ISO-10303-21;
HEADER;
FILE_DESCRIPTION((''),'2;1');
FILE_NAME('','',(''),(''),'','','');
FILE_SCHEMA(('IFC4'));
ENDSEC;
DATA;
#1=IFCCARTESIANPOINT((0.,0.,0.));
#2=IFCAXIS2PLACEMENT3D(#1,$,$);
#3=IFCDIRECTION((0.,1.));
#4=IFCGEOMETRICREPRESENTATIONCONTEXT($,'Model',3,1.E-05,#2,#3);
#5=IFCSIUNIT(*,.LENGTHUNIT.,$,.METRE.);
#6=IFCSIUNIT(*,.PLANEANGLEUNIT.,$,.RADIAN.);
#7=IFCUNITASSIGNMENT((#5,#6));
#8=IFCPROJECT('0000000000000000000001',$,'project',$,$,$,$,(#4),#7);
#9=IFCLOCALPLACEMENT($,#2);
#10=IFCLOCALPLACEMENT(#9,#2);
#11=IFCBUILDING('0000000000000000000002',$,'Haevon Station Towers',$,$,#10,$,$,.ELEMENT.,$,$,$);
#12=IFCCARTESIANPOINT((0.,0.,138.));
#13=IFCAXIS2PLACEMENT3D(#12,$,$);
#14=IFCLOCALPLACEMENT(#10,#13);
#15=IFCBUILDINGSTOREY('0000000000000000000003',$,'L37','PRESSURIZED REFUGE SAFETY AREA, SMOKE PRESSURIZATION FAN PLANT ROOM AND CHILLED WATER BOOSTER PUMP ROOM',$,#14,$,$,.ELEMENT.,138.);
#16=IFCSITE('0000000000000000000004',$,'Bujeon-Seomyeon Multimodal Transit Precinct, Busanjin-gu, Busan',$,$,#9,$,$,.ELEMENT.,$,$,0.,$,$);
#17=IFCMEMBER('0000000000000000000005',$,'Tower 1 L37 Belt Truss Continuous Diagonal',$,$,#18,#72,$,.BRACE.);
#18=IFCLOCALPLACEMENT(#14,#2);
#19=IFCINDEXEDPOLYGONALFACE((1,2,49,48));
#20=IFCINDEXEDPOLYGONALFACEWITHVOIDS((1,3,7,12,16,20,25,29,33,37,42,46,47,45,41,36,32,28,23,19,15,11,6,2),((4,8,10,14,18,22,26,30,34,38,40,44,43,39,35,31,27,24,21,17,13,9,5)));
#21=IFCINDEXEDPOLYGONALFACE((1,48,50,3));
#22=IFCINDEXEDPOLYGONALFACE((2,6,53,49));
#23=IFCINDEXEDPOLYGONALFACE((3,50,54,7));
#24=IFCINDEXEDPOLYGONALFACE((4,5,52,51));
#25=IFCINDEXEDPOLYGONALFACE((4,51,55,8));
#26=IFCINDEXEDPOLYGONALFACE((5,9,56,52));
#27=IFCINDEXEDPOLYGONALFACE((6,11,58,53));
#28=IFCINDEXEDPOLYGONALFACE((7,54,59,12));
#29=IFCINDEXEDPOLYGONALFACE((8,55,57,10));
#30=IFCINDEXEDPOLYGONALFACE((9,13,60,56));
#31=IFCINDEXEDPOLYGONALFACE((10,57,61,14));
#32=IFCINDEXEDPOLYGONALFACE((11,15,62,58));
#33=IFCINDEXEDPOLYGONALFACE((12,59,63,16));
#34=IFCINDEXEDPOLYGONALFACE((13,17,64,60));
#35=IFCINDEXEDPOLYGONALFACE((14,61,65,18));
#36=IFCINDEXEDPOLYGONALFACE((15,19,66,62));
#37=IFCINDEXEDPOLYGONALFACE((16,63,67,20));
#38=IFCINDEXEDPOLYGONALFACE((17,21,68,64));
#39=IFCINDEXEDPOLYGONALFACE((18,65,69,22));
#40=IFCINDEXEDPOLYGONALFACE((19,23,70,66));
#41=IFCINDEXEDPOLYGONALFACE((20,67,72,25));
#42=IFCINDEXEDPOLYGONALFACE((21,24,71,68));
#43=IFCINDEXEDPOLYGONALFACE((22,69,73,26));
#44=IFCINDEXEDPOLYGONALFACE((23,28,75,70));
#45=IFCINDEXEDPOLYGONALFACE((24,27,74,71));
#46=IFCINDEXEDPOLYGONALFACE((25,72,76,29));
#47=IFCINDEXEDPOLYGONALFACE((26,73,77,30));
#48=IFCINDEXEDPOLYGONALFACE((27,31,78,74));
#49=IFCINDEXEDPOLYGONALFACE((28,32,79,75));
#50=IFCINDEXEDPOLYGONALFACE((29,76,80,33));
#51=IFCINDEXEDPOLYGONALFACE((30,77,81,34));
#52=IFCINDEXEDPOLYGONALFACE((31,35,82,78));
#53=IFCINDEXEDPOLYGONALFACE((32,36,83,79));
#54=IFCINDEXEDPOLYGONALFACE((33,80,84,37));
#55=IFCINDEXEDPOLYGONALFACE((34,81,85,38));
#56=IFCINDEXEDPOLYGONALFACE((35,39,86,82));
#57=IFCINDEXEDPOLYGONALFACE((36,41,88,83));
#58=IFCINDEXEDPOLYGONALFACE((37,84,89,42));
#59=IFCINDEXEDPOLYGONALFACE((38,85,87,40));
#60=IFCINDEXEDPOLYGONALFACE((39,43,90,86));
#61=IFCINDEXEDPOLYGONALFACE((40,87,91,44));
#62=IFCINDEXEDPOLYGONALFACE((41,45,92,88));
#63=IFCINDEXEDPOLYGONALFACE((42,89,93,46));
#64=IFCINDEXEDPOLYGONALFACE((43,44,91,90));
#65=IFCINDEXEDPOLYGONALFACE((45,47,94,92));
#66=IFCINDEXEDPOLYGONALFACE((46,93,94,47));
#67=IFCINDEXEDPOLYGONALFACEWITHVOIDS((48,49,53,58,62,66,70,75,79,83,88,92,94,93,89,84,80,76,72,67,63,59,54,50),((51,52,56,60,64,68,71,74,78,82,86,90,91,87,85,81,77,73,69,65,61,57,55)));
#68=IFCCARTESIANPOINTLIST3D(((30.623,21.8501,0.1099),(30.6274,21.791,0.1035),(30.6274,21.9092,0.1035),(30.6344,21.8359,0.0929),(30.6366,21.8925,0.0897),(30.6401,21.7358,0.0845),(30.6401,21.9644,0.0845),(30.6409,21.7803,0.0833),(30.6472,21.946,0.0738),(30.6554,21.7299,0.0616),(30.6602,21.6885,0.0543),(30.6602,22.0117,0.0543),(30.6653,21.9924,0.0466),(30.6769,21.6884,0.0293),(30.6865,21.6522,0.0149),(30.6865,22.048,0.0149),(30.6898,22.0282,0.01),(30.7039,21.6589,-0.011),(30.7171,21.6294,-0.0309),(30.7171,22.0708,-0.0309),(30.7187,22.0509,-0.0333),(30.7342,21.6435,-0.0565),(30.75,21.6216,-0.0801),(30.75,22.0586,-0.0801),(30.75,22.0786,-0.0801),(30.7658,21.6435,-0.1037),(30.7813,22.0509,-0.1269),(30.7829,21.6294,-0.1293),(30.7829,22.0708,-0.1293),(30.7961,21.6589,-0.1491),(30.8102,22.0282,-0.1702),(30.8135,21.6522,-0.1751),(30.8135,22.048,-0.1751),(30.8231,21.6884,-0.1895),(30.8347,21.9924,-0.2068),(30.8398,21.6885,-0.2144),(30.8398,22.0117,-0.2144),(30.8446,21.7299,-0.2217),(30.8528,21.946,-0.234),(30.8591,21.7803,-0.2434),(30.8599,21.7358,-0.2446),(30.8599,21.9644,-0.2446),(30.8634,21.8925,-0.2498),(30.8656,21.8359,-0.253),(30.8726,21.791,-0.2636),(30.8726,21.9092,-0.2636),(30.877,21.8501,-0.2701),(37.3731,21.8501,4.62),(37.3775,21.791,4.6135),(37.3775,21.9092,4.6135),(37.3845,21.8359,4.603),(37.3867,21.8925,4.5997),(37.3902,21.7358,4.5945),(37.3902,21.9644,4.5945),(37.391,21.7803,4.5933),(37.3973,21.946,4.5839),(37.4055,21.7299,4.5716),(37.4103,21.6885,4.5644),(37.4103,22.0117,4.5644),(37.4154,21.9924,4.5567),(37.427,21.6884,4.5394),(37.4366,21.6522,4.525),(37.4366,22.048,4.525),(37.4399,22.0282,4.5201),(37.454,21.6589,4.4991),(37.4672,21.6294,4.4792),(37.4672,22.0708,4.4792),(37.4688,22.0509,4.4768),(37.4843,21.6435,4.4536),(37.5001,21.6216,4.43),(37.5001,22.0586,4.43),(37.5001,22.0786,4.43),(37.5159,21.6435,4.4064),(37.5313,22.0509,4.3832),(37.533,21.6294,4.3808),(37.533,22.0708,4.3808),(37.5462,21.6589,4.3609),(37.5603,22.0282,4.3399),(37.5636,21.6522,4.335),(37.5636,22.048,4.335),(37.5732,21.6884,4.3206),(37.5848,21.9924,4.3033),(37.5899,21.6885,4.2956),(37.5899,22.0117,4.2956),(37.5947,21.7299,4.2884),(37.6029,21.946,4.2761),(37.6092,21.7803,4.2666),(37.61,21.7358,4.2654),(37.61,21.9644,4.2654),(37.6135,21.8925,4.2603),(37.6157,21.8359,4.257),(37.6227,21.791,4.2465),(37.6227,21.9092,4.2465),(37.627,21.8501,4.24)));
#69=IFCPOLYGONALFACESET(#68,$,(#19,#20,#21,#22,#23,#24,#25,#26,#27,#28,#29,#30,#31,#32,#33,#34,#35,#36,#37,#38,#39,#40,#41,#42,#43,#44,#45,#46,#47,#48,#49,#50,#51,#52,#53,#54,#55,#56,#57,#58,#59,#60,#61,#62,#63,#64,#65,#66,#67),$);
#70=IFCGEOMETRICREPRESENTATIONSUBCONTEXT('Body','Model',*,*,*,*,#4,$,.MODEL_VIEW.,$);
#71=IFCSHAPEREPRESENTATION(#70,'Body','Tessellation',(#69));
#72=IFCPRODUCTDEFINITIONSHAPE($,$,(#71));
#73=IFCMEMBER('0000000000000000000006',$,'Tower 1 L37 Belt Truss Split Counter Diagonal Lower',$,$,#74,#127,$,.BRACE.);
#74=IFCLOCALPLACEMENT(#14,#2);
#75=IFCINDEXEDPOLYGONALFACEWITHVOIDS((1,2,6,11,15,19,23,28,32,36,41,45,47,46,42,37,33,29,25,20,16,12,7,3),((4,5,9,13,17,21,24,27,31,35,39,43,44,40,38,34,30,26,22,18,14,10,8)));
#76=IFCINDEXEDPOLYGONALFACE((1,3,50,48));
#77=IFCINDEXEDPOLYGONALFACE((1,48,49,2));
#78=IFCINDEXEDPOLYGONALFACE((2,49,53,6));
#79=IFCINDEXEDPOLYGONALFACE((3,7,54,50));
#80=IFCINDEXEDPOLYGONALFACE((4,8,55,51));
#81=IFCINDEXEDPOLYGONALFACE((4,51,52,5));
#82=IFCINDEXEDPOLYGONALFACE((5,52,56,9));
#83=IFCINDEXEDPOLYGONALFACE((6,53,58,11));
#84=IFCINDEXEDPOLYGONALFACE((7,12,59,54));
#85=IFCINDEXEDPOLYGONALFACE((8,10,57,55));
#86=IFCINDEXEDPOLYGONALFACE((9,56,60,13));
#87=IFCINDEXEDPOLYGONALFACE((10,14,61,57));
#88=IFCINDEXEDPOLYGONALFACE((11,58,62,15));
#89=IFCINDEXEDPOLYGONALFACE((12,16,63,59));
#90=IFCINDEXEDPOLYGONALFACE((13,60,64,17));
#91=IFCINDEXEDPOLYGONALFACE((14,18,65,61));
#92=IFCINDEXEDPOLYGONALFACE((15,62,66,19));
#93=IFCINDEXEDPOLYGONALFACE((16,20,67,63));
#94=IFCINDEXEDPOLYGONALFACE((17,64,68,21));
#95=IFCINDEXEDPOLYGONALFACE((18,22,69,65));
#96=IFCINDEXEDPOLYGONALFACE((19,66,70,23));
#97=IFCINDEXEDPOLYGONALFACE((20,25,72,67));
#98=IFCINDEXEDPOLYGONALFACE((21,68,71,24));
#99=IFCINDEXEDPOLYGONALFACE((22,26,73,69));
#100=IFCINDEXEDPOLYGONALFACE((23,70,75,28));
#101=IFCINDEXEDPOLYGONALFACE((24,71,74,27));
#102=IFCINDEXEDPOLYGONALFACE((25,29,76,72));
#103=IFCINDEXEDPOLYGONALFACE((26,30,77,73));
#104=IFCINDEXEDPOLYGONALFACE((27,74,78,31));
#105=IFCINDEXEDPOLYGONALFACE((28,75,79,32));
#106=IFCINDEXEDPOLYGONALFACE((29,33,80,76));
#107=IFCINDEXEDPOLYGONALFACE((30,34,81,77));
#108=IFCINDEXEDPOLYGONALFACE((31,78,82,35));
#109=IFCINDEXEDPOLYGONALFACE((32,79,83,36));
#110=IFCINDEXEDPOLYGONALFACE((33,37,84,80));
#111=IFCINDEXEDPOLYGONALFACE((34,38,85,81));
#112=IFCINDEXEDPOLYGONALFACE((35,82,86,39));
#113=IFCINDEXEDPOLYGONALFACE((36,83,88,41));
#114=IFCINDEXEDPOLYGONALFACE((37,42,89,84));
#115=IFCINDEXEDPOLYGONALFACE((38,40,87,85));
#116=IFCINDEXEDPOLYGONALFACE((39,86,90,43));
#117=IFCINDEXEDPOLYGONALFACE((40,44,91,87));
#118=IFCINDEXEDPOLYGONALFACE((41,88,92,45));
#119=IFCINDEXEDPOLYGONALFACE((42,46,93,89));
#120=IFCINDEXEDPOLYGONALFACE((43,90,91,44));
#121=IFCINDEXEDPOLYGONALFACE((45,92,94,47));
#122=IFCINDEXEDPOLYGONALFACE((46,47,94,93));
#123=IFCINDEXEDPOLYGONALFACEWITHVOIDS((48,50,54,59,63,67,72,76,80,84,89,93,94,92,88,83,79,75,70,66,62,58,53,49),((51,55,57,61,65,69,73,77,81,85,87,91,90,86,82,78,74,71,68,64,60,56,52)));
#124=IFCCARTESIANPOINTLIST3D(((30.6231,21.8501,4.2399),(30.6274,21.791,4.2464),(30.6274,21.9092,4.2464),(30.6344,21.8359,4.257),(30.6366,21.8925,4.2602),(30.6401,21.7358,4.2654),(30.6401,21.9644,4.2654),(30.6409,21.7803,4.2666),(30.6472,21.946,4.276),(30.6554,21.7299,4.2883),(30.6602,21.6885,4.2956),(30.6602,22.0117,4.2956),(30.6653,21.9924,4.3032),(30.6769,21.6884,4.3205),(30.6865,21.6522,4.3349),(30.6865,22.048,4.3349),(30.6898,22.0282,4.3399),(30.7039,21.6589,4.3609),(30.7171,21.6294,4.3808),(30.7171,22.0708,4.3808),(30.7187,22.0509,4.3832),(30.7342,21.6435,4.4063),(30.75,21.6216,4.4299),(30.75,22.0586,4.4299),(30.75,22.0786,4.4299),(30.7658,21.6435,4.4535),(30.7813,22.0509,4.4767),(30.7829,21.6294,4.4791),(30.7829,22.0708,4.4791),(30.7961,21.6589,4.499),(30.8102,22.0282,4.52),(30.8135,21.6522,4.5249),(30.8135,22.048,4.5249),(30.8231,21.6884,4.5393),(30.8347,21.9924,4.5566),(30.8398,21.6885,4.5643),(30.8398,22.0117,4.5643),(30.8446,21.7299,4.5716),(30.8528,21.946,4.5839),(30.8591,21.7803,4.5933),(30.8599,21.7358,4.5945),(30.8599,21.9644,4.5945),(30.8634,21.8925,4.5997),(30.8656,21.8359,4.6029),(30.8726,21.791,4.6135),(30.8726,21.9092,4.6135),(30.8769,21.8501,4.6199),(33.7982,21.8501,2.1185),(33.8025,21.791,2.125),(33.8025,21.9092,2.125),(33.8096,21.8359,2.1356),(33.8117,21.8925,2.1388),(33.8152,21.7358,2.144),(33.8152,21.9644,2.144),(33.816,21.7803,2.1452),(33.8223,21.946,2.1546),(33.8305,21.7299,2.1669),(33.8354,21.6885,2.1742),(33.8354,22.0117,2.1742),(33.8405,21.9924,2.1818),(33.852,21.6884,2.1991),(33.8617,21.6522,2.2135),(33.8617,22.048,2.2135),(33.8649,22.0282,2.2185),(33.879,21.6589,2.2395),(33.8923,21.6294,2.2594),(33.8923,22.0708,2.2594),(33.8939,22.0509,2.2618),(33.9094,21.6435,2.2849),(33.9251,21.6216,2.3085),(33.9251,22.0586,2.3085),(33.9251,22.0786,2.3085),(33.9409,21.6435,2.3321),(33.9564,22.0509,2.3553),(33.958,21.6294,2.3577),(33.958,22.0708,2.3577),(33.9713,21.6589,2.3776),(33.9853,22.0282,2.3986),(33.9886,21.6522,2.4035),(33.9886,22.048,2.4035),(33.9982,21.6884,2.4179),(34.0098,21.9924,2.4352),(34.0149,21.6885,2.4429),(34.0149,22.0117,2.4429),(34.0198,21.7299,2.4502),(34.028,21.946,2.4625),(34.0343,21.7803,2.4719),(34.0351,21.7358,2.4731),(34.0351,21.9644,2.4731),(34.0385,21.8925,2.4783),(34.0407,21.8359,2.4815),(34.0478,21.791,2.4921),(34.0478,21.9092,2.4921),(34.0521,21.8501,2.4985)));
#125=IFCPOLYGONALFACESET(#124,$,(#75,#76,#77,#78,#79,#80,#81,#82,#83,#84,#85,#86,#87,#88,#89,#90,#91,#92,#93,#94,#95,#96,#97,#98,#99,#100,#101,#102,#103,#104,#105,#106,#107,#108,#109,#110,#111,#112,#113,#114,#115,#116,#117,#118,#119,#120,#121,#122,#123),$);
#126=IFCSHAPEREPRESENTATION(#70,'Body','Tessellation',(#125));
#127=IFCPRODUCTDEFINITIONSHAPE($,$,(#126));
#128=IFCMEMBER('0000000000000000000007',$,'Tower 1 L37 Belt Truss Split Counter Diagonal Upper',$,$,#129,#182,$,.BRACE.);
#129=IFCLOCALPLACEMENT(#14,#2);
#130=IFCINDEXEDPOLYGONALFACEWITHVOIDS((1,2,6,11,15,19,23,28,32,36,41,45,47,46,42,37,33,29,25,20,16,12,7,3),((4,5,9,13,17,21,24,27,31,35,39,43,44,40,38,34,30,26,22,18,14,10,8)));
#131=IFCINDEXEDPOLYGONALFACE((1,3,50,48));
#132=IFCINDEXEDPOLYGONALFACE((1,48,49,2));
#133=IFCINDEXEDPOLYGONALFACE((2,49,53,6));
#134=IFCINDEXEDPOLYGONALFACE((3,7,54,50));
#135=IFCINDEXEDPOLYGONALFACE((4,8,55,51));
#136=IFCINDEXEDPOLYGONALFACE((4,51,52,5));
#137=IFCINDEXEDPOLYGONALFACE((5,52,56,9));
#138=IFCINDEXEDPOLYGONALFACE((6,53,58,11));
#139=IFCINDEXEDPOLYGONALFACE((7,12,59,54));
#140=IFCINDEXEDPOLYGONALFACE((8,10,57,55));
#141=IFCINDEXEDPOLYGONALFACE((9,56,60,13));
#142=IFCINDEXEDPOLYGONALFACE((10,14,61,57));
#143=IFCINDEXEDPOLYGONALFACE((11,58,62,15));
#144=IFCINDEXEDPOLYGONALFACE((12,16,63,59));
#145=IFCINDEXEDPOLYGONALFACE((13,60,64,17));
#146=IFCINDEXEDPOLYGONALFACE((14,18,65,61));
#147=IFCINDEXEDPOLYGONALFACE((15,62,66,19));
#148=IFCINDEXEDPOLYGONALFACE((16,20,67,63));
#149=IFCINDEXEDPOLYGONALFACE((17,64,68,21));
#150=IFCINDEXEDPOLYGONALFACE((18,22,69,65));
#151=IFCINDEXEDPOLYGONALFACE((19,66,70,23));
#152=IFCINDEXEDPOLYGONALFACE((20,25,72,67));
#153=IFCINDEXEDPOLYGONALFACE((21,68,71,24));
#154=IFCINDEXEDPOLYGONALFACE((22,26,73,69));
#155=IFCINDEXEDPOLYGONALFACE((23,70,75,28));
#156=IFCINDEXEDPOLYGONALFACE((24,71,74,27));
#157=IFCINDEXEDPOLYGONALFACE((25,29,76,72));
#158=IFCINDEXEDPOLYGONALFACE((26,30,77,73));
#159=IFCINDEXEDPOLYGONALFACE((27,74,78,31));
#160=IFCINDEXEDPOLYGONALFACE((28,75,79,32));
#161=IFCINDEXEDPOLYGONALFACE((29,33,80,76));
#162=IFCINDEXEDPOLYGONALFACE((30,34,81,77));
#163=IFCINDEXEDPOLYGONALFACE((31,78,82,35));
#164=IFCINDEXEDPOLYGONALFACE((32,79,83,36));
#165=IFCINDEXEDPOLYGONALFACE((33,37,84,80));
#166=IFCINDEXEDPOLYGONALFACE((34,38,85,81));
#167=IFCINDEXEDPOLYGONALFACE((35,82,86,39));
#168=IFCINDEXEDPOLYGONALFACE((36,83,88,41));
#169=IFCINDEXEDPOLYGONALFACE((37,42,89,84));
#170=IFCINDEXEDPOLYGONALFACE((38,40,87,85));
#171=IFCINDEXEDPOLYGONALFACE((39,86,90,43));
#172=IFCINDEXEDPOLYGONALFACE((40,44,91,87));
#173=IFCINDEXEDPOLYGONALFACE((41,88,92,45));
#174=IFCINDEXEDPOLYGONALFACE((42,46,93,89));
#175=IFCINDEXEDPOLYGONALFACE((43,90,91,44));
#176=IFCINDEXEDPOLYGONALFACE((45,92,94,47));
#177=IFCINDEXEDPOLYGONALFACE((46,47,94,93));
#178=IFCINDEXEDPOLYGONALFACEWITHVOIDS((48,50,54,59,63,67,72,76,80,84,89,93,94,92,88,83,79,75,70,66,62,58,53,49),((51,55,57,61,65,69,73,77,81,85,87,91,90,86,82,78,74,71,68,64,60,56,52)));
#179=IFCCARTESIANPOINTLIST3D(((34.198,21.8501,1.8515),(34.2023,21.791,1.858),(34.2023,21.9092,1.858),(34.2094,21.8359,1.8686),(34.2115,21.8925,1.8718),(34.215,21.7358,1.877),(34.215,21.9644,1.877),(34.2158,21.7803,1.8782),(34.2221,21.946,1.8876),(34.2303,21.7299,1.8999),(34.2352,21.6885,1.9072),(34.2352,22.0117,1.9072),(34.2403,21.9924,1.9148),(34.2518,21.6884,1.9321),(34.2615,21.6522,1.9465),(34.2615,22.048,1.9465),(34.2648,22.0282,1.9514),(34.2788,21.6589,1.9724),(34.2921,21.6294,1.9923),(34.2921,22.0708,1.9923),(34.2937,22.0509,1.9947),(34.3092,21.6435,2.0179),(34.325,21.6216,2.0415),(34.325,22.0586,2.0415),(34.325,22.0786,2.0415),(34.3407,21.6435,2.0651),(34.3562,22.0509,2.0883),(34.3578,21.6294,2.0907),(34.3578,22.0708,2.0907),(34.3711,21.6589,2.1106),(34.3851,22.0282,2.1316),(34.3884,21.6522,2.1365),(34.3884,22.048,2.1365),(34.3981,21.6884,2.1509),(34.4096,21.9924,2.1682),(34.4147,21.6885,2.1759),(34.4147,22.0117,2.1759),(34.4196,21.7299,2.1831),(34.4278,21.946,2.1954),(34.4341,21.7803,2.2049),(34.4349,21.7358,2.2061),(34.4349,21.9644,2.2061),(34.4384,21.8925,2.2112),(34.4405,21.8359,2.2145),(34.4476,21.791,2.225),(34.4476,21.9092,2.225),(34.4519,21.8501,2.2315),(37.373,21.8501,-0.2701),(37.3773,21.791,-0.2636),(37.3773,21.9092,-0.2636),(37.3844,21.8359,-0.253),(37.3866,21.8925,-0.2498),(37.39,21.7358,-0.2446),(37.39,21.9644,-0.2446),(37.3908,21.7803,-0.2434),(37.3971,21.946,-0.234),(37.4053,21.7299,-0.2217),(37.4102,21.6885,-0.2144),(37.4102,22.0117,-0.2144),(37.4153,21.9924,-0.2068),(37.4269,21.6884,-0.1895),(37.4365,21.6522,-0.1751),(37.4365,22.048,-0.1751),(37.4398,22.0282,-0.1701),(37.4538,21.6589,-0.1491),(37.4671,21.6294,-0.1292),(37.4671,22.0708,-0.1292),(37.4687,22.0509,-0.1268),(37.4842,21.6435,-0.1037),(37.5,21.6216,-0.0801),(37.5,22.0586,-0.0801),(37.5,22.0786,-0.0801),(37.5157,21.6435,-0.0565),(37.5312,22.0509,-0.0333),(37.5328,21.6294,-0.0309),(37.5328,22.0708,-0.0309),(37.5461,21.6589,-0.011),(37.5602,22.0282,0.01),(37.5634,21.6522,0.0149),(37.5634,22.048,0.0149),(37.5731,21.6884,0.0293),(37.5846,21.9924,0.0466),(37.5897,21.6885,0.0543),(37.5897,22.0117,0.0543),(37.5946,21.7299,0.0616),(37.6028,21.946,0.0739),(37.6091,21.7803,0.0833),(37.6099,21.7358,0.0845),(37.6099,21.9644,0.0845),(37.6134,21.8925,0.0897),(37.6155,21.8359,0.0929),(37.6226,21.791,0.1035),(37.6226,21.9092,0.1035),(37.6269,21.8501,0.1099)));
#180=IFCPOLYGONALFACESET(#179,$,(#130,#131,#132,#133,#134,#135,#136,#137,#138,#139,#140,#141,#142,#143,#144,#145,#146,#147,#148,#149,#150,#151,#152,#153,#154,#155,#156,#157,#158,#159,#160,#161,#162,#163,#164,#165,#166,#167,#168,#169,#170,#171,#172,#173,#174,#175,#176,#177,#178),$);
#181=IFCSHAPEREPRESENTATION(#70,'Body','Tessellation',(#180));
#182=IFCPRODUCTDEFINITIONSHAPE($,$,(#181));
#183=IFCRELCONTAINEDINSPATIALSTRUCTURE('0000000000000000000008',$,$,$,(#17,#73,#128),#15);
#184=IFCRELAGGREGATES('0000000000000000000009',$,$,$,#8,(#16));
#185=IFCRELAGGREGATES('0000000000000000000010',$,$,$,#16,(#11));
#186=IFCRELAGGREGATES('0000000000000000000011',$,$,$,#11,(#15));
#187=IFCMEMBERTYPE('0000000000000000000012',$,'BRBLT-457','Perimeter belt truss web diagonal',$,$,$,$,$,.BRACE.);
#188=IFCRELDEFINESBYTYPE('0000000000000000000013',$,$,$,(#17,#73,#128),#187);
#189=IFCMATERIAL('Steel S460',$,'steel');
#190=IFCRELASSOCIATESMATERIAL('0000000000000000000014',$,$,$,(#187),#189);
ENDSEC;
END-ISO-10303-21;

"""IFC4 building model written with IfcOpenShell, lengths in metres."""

from ifc_helpers import new_model, si_unit, direction, frame, origin, origin_2d, place, context, subcontext, project, spatial, hollow_circle, extrude, material, material_profile, profile_set, type_object, element, save


model = new_model("IFC4")

# Units and contexts
model_context = context("Model", 3, precision=1e-05, world=origin(), true_north=direction((0.0, 1.0)))
body_context = subcontext(model_context, "Body", "Model", "MODEL_VIEW")
ifc_project = project(units=[si_unit("LENGTHUNIT", "METRE"), si_unit("PLANEANGLEUNIT", "RADIAN")], contexts=[model_context])

# Site, building, storey
site_placement = place(None, origin())
site = spatial("IfcSite", under=ifc_project, at=site_placement, Name="Bujeon-Seomyeon Multimodal Transit Precinct, Busanjin-gu, Busan", CompositionType="ELEMENT", RefElevation=0.0)
building_placement = place(site_placement, origin())
building = spatial("IfcBuilding", under=site, at=building_placement, Name="Haevon Station Towers", CompositionType="ELEMENT")
storey_placement = place(building_placement, frame((0.0, 0.0, 138.0)))
storey = spatial("IfcBuildingStorey", under=building, at=storey_placement, Name="L37", Description="PRESSURIZED REFUGE SAFETY AREA, SMOKE PRESSURIZATION FAN PLANT ROOM AND CHILLED WATER BOOSTER PUMP ROOM", CompositionType="ELEMENT", Elevation=138.0)

# Shared definitions
ifc_material_1 = material(Name="Steel S460", Category="steel")

# Members
ifc_material_profile_1 = material_profile(ifc_material_1, hollow_circle(Radius=0.2285, WallThickness=0.02, at=origin_2d()), Name="CHS-457x20")
ifc_profile_set_1 = profile_set([ifc_material_profile_1], Name="Steel S460")
member_type_1 = type_object("IfcMemberType", Name="BRBLT-457", Description="Perimeter belt truss web diagonal", PredefinedType="BRACE", material=ifc_profile_set_1)
member_1_placement = place(storey_placement, frame((30.75, 21.8501, -0.0801), z_axis=(0.831481, 0.0, 0.555554), x_axis=(0.0, 1.0, 0.0)))
element("IfcMember", 1, at=member_1_placement, inside=storey, type_object=member_type_1, Name="Tower 1 L37 Belt Truss Continuous Diagonal", PredefinedType="BRACE", context=body_context, shape_type="SweptSolid", body=[
    extrude(hollow_circle(Radius=0.2285, WallThickness=0.02, at=origin_2d()), origin(), (0.0, 0.0, 1.0), 8.1182),
])
for number, where, z_axis, x_axis, name in (
    (2, (30.75, 21.8501, 4.4299), (0.831489, 0.0, -0.555541), (0.0, 1.0, 0.0), "Tower 1 L37 Belt Truss Split Counter Diagonal Lower"),
    (3, (34.325, 21.8501, 2.0415), (0.83146, 0.0, -0.555585), (0.0, 1.0, 0.0), "Tower 1 L37 Belt Truss Split Counter Diagonal Upper"),
):
    element("IfcMember", number, at=place(storey_placement, frame(where, z_axis=z_axis, x_axis=x_axis)), inside=storey, type_object=member_type_1, Name=name, PredefinedType="BRACE", context=body_context, shape_type="SweptSolid", body=[
        extrude(hollow_circle(Radius=0.2285, WallThickness=0.02, at=origin_2d()), origin(), (0.0, 0.0, 1.0), 3.8186),
    ])

save(model, "model.ifc")
